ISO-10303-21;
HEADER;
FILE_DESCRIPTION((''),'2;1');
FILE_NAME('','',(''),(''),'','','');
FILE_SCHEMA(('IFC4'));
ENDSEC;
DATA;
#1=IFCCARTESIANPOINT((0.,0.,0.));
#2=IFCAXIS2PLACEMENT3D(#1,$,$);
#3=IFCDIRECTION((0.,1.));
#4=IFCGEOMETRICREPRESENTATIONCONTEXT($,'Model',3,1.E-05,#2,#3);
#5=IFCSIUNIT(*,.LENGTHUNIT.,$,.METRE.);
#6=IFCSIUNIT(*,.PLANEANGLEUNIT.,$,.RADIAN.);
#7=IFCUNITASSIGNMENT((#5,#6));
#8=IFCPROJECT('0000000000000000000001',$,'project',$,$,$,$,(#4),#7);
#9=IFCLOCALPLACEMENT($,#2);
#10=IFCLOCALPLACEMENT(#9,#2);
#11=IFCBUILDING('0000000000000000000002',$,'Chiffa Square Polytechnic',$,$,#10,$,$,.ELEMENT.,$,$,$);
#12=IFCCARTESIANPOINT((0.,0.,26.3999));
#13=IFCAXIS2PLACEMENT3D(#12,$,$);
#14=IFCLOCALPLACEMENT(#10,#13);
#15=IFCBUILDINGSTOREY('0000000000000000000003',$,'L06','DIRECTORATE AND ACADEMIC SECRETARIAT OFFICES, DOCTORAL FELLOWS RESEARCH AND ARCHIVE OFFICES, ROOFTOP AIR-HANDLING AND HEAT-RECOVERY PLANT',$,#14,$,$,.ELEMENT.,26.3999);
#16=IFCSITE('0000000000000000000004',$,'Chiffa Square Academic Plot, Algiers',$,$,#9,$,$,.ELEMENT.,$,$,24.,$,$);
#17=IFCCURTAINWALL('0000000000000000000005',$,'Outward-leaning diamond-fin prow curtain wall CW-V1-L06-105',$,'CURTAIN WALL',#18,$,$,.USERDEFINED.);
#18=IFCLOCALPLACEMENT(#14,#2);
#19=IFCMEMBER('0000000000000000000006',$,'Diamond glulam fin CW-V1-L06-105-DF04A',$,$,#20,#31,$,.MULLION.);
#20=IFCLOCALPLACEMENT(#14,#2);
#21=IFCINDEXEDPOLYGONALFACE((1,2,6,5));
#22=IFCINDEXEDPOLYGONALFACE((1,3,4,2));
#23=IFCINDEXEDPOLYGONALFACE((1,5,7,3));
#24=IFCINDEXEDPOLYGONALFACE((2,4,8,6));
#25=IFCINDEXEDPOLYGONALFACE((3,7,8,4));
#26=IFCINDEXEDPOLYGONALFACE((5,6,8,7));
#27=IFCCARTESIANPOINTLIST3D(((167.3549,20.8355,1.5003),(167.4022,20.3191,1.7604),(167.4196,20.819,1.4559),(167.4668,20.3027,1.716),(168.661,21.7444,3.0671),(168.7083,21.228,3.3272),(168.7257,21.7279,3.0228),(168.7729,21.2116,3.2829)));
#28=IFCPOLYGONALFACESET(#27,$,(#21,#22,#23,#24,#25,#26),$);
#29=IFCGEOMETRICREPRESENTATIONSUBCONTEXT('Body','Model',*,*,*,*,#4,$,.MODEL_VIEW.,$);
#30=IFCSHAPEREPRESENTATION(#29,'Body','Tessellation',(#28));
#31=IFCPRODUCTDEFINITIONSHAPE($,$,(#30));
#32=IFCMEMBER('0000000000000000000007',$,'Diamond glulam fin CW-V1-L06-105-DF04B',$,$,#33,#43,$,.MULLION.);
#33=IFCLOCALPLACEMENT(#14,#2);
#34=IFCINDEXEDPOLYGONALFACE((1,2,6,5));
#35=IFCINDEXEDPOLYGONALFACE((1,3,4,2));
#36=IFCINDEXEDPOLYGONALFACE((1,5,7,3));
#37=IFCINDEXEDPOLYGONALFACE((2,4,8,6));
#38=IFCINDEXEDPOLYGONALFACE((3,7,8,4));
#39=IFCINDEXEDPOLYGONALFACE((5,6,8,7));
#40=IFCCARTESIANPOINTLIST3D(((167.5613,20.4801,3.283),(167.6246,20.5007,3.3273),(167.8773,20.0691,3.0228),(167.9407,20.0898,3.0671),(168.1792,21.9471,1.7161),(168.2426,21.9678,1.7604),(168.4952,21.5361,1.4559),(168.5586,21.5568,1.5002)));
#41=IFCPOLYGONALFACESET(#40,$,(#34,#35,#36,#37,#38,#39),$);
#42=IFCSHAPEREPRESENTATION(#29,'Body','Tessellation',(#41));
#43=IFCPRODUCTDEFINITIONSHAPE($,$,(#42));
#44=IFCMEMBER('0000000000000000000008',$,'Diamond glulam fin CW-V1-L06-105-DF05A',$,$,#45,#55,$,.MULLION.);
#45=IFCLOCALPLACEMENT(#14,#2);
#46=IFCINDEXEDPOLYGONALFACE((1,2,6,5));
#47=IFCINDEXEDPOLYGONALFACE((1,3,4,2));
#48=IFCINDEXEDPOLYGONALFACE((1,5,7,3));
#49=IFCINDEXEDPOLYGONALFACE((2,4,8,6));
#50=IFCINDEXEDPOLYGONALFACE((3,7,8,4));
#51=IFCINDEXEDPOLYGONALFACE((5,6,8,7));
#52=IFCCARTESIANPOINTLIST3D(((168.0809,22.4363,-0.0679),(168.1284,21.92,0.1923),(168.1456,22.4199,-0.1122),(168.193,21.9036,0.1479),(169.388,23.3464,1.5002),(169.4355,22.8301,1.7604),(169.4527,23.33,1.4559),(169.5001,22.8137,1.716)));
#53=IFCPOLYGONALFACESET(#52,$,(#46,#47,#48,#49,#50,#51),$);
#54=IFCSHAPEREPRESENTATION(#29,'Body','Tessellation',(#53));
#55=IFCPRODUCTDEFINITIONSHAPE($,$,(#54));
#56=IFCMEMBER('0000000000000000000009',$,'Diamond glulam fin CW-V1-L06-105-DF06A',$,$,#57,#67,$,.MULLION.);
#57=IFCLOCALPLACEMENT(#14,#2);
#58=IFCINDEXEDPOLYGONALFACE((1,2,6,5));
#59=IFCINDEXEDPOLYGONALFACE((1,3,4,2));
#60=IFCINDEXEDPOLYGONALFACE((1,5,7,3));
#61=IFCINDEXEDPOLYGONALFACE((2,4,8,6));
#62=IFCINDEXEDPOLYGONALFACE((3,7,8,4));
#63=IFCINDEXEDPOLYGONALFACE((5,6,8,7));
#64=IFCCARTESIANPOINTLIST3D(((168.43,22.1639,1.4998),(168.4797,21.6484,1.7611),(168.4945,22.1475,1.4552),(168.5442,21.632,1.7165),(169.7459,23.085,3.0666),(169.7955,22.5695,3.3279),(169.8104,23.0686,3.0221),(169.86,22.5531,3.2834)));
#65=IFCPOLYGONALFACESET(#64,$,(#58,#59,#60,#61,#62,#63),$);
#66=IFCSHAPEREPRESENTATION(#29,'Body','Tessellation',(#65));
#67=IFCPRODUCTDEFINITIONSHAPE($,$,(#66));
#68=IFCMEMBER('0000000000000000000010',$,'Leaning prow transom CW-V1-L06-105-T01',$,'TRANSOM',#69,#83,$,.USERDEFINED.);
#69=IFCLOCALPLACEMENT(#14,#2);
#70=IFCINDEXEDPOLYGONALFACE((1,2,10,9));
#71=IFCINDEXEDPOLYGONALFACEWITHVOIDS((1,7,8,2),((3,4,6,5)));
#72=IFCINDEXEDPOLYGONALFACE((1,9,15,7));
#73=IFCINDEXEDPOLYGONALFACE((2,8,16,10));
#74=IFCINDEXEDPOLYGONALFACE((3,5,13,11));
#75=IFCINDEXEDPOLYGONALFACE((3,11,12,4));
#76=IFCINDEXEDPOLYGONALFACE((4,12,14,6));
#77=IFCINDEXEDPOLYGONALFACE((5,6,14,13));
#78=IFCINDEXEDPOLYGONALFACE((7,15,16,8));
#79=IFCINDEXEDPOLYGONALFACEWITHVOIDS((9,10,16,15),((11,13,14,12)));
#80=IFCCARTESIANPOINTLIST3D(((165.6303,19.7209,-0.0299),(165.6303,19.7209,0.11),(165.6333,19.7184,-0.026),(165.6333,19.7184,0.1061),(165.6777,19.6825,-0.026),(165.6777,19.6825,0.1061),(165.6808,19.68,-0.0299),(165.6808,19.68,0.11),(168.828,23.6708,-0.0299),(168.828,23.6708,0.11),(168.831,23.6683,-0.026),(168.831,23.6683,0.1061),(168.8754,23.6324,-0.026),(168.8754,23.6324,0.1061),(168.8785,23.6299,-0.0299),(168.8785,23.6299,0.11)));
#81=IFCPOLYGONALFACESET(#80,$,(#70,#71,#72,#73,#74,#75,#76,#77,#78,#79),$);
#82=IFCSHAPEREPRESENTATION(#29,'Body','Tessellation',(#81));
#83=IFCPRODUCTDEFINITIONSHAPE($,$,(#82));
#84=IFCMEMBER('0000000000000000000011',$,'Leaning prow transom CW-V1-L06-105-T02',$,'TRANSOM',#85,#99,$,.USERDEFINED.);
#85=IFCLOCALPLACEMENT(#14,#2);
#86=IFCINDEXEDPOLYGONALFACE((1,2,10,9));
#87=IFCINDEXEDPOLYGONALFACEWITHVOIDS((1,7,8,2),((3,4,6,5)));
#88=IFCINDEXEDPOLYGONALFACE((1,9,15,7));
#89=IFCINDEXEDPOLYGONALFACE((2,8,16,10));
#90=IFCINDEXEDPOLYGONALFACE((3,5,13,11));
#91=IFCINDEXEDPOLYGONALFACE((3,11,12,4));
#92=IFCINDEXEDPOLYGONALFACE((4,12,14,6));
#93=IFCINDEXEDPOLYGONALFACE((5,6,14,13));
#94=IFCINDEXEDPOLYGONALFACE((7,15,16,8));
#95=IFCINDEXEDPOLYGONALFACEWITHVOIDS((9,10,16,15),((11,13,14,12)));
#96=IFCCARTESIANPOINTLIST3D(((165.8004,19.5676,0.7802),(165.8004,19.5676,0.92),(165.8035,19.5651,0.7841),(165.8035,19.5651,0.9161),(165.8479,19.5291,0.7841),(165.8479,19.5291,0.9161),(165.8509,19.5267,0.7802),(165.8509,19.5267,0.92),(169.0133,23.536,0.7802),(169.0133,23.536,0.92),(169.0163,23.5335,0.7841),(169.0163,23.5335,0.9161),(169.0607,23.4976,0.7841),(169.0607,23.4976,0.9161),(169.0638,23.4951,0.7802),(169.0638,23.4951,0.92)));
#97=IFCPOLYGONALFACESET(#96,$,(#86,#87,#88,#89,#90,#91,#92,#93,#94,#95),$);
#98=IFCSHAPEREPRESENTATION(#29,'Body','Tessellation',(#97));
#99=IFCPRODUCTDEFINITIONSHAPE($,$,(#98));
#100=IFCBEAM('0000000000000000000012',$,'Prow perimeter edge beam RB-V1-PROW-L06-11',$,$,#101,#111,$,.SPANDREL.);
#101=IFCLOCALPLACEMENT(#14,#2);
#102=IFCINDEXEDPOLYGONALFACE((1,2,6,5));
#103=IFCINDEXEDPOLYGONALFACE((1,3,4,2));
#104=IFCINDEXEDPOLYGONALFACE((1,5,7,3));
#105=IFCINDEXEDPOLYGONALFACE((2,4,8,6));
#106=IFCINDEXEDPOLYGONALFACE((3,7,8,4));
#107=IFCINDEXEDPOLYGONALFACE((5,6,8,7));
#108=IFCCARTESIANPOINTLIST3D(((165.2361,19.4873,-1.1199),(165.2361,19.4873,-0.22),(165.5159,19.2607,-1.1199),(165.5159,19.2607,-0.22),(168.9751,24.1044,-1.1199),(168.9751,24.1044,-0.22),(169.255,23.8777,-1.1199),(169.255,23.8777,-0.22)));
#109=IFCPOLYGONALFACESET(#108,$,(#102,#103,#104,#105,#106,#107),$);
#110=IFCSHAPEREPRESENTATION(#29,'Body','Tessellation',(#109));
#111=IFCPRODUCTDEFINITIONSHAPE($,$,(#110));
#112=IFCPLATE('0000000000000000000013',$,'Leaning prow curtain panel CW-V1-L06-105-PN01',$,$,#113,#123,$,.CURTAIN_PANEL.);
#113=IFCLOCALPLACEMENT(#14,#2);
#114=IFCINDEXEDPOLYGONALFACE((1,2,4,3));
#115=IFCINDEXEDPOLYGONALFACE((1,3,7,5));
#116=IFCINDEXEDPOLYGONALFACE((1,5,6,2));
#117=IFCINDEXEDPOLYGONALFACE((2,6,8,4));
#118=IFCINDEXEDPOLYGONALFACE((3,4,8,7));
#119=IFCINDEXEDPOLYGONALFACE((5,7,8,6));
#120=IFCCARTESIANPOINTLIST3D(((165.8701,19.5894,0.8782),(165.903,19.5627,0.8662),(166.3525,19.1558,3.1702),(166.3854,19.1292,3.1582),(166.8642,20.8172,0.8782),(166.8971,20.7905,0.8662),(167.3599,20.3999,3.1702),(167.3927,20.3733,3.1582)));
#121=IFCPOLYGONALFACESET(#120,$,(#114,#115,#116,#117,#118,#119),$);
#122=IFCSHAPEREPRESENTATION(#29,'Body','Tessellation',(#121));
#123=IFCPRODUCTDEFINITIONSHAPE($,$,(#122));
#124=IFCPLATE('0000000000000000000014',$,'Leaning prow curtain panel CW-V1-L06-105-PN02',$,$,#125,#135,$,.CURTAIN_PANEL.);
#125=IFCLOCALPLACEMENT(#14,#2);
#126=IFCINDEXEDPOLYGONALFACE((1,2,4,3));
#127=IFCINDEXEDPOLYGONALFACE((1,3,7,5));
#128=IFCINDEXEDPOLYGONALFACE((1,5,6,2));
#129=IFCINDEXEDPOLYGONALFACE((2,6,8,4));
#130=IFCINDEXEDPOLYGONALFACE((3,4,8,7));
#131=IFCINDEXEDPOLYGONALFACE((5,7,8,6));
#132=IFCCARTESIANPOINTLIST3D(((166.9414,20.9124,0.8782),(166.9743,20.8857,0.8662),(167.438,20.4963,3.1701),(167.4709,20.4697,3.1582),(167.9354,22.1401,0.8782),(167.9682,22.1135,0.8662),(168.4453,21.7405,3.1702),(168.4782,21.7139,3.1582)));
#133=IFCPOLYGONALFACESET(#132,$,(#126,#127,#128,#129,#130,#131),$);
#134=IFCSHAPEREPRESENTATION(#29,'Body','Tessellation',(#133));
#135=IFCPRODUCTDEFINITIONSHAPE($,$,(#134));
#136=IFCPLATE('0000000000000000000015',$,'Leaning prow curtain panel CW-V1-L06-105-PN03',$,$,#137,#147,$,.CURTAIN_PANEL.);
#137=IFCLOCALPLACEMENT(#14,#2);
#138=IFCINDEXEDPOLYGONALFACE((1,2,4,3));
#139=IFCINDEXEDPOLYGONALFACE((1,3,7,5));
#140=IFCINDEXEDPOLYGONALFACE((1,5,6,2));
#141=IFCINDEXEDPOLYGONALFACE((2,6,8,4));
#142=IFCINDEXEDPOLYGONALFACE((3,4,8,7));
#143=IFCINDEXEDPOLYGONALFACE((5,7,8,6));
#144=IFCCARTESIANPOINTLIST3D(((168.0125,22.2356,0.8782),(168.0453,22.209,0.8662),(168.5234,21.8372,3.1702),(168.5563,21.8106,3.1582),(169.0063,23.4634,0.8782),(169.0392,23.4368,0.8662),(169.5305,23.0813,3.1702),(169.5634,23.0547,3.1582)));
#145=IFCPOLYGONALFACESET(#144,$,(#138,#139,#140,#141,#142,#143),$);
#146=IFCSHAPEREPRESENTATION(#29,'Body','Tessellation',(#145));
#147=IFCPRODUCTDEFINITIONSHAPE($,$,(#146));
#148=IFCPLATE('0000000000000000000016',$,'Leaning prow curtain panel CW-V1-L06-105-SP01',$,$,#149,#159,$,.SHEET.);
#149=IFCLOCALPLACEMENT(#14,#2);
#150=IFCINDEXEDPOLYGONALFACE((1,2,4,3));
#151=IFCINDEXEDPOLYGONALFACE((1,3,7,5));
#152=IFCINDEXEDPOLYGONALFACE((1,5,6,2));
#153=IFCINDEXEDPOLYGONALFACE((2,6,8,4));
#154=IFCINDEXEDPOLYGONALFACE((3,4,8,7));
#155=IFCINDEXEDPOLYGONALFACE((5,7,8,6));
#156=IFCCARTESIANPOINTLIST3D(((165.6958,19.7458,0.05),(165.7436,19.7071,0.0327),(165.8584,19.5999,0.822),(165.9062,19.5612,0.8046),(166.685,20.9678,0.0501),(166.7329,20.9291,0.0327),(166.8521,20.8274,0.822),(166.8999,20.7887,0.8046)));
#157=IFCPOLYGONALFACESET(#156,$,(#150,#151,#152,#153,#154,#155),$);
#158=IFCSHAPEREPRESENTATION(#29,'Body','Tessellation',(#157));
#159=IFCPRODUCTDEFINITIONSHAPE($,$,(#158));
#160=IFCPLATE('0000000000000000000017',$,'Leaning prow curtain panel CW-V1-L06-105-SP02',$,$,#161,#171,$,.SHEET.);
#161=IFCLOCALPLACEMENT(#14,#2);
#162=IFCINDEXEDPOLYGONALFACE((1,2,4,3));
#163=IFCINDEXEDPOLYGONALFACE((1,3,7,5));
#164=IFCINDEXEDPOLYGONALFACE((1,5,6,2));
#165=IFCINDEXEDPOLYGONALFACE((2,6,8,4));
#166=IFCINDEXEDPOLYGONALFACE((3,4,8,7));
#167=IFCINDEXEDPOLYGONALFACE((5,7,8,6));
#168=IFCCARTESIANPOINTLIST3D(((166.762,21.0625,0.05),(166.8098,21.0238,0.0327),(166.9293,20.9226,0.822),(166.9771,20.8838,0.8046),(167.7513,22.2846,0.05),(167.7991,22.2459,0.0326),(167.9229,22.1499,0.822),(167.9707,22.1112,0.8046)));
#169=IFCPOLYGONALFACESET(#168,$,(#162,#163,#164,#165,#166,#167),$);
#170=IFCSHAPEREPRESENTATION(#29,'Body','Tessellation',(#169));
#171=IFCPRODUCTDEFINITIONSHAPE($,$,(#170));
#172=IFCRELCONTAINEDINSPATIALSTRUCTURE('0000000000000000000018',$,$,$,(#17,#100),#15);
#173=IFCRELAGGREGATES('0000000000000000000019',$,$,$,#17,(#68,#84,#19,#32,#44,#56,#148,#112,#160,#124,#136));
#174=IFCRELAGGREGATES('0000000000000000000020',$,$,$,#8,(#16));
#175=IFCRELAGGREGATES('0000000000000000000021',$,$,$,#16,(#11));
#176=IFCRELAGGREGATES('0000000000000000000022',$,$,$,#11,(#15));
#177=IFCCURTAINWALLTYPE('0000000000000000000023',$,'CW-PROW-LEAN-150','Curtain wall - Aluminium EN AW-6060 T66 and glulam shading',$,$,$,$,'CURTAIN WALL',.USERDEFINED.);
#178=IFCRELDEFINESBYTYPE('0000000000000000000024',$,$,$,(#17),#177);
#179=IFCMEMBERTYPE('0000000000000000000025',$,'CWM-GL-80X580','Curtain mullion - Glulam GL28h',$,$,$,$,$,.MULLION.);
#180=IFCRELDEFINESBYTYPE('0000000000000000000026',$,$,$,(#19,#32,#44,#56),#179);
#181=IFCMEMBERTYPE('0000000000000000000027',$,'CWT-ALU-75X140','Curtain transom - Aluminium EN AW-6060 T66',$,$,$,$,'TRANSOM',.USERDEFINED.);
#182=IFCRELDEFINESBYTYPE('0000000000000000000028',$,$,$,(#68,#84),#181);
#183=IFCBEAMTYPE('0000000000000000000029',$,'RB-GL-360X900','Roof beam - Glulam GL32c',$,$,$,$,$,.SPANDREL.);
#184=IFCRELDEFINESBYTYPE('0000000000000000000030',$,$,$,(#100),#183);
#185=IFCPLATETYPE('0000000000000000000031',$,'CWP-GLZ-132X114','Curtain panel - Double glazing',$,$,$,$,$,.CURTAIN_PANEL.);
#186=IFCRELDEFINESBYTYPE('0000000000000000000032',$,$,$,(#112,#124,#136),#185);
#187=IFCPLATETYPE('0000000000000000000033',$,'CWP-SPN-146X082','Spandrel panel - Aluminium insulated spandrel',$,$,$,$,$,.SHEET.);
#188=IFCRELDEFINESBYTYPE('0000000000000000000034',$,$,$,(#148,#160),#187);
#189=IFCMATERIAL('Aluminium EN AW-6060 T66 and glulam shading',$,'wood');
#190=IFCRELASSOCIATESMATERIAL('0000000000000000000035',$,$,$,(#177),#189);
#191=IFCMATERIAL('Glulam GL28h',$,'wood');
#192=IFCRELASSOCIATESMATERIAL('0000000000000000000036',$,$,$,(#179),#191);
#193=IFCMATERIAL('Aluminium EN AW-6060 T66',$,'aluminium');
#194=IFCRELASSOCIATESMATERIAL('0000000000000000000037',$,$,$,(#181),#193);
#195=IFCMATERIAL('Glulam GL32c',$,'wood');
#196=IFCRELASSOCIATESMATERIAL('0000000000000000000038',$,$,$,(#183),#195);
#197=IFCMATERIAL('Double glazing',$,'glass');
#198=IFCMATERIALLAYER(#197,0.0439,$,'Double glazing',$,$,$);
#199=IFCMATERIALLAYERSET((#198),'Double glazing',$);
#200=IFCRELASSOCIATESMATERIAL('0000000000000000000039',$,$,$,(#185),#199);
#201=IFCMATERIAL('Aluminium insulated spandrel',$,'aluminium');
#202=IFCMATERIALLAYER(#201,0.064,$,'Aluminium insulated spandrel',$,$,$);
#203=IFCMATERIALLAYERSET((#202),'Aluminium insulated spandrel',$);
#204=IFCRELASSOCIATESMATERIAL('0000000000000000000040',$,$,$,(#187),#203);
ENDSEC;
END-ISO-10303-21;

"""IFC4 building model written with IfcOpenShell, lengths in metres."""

from ifc_helpers import new_model, si_unit, direction, frame, origin, origin_2d, place, context, subcontext, project, spatial, polyline, rectangle, hollow_rectangle, outline, extrude, material, layer, layer_set, material_profile, profile_set, type_object, element, aggregate, save


model = new_model("IFC4")

# Units and contexts
model_context = context("Model", 3, precision=1e-05, world=origin(), true_north=direction((0.0, 1.0)))
body_context = subcontext(model_context, "Body", "Model", "MODEL_VIEW")
ifc_project = project(units=[si_unit("LENGTHUNIT", "METRE"), si_unit("PLANEANGLEUNIT", "RADIAN")], contexts=[model_context])

# Site, building, storey
site_placement = place(None, origin())
site = spatial("IfcSite", under=ifc_project, at=site_placement, Name="Chiffa Square Academic Plot, Algiers", CompositionType="ELEMENT", RefElevation=24.0)
building_placement = place(site_placement, origin())
building = spatial("IfcBuilding", under=site, at=building_placement, Name="Chiffa Square Polytechnic", CompositionType="ELEMENT")
storey_placement = place(building_placement, frame((0.0, 0.0, 26.3999)))
storey = spatial("IfcBuildingStorey", under=building, at=storey_placement, Name="L06", Description="DIRECTORATE AND ACADEMIC SECRETARIAT OFFICES, DOCTORAL FELLOWS RESEARCH AND ARCHIVE OFFICES, ROOFTOP AIR-HANDLING AND HEAT-RECOVERY PLANT", CompositionType="ELEMENT", Elevation=26.3999)

# Shared definitions
ifc_material_1 = material(Name="Glulam GL32c", Category="wood")

# Curtain wall, members
ifc_material_2 = material(Name="Aluminium EN AW-6060 T66 and glulam shading", Category="wood")
curtain_wall_type = type_object("IfcCurtainWallType", Name="CW-PROW-LEAN-150", Description="Curtain wall - Aluminium EN AW-6060 T66 and glulam shading", ElementType="CURTAIN WALL", PredefinedType="USERDEFINED", material=ifc_material_2)
curtain_wall_placement = place(storey_placement, origin())
curtain_wall = element("IfcCurtainWall", 1, at=curtain_wall_placement, inside=storey, type_object=curtain_wall_type, Name="Outward-leaning diamond-fin prow curtain wall CW-V1-L06-105", ObjectType="CURTAIN WALL", PredefinedType="USERDEFINED")
ifc_material_3 = material(Name="Aluminium EN AW-6060 T66", Category="aluminium")
ifc_material_4 = material(Name="Glulam GL28h", Category="wood")
ifc_material_profile_1 = material_profile(ifc_material_4, rectangle(XDim=0.0801, YDim=0.5801, at=origin_2d()), Name="GL28h 80x580")
ifc_profile_set_1 = profile_set([ifc_material_profile_1], Name="Glulam GL28h")
member_type_1 = type_object("IfcMemberType", Name="CWM-GL-80X580", Description="Curtain mullion - Glulam GL28h", PredefinedType="MULLION", material=ifc_profile_set_1)
member_1_placement = place(storey_placement, frame((167.4109, 20.5691, 1.6082), z_axis=(0.584869, 0.407003, 0.701624), x_axis=(-0.807026, 0.205103, 0.553753)))
member_1 = element("IfcMember", 2, at=member_1_placement, type_object=member_type_1, Name="Diamond glulam fin CW-V1-L06-105-DF04A", PredefinedType="MULLION", context=body_context, shape_type="SweptSolid", body=[
    extrude(rectangle(XDim=0.0801, YDim=0.5801, at=origin_2d()), origin(), (0.0, 0.0, 1.0), 2.2332),
])
member_2_placement = place(storey_placement, frame((168.3689, 21.752, 1.6082), z_axis=(-0.276641, -0.656791, 0.701495), x_axis=(0.791591, 0.25813, 0.553852)))
member_2 = element("IfcMember", 3, at=member_2_placement, type_object=member_type_1, Name="Diamond glulam fin CW-V1-L06-105-DF04B", PredefinedType="MULLION", context=body_context, shape_type="SweptSolid", body=[
    extrude(rectangle(XDim=0.0801, YDim=0.5801, at=origin_2d()), origin(), (0.0, 0.0, 1.0), 2.2336),
])
member_3_placement = place(storey_placement, frame((168.137, 22.1699, 0.04), z_axis=(0.584802, 0.407199, 0.701566), x_axis=(-0.807046, 0.204904, 0.553798)))
member_3 = element("IfcMember", 4, at=member_3_placement, type_object=member_type_1, Name="Diamond glulam fin CW-V1-L06-105-DF05A", PredefinedType="MULLION", context=body_context, shape_type="SweptSolid", body=[
    extrude(rectangle(XDim=0.0801, YDim=0.5801, at=origin_2d()), origin(), (0.0, 0.0, 1.0), 2.2351),
])
member_4_placement = place(storey_placement, frame((168.4871, 21.8979, 1.6082), z_axis=(0.58643, 0.410501, 0.698276), x_axis=(-0.805458, 0.204363, 0.556303)))
member_4 = element("IfcMember", 5, at=member_4_placement, type_object=member_type_1, Name="Diamond glulam fin CW-V1-L06-105-DF06A", PredefinedType="MULLION", context=body_context, shape_type="SweptSolid", body=[
    extrude(rectangle(XDim=0.0801, YDim=0.5801, at=origin_2d()), origin(), (0.0, 0.0, 1.0), 2.2439),
])
ifc_material_profile_2 = material_profile(ifc_material_3, hollow_rectangle(XDim=0.0649, YDim=0.1399, WallThickness=0.0039, at=origin_2d()), Name="ALU 65x140x4")
ifc_profile_set_2 = profile_set([ifc_material_profile_2], Name="Aluminium EN AW-6060 T66")
member_type_2 = type_object("IfcMemberType", Name="CWT-ALU-75X140", Description="Curtain transom - Aluminium EN AW-6060 T66", ElementType="TRANSOM", PredefinedType="USERDEFINED", material=ifc_profile_set_2)
member_5_placement = place(storey_placement, frame((165.6555, 19.7004, 0.04), z_axis=(0.629219, 0.777228, 0.0), x_axis=(-0.777228, 0.629219, 0.0)))
member_5 = element("IfcMember", 6, at=member_5_placement, type_object=member_type_2, Name="Leaning prow transom CW-V1-L06-105-T01", ObjectType="TRANSOM", PredefinedType="USERDEFINED", context=body_context, shape_type="SweptSolid", body=[
    extrude(hollow_rectangle(XDim=0.0649, YDim=0.1399, WallThickness=0.0039, at=origin_2d()), origin(), (0.0, 0.0, 1.0), 5.082),
])
member_6_placement = place(storey_placement, frame((165.8257, 19.5471, 0.8501), z_axis=(0.629233, 0.777217, 0.0), x_axis=(-0.777217, 0.629233, 0.0)))
member_6 = element("IfcMember", 7, at=member_6_placement, type_object=member_type_2, Name="Leaning prow transom CW-V1-L06-105-T02", ObjectType="TRANSOM", PredefinedType="USERDEFINED", context=body_context, shape_type="SweptSolid", body=[
    extrude(hollow_rectangle(XDim=0.0649, YDim=0.1399, WallThickness=0.0039, at=origin_2d()), origin(), (0.0, 0.0, 1.0), 5.106),
])

# Beam
ifc_material_profile_3 = material_profile(ifc_material_1, rectangle(XDim=0.3601, YDim=0.8999, at=origin_2d()), Name="GL32c 360x900")
ifc_profile_set_3 = profile_set([ifc_material_profile_3], Name="Glulam GL32c")
beam_type_1 = type_object("IfcBeamType", Name="RB-GL-360X900", Description="Roof beam - Glulam GL32c", PredefinedType="SPANDREL", material=ifc_profile_set_3)
beam_1_placement = place(storey_placement, frame((165.376, 19.374, -0.6699), z_axis=(0.62935, 0.777122, 0.0), x_axis=(-0.777122, 0.62935, 0.0)))
element("IfcBeam", 8, at=beam_1_placement, inside=storey, type_object=beam_type_1, Name="Prow perimeter edge beam RB-V1-PROW-L06-11", PredefinedType="SPANDREL", context=body_context, shape_type="SweptSolid", body=[
    extrude(rectangle(XDim=0.3601, YDim=0.8999, at=origin_2d()), origin(), (0.0, 0.0, 1.0), 5.9412),
])

# Plates
ifc_material_5 = material(Name="Double glazing", Category="glass")
ifc_layer_1 = layer(ifc_material_5, 0.0439, Name="Double glazing")
ifc_layer_set_1 = layer_set([ifc_layer_1], Name="Double glazing")
plate_type_1 = type_object("IfcPlateType", Name="CWP-GLZ-132X114", Description="Curtain panel - Double glazing", PredefinedType="CURTAIN_PANEL", material=ifc_layer_set_1)
plate_1_placement = place(storey_placement, frame((165.8701, 19.5894, 0.8782), z_axis=(-0.747892, 0.605552, 0.271964), x_axis=(0.629272, 0.777185, 0.000004)))
plate_1 = element("IfcPlate", 9, at=plate_1_placement, type_object=plate_type_1, Name="Leaning prow curtain panel CW-V1-L06-105-PN01", PredefinedType="CURTAIN_PANEL", context=body_context, shape_type="SweptSolid", body=[
    extrude(outline(polyline([(0.0, 0.0), (1.5798, 0.0), (1.5674, -2.3818), (-0.0334, -2.3818), (0.0, 0.0)])), origin(), (0.0, 0.0, -1.0), 0.0439),
])
plate_2_placement = place(storey_placement, frame((166.9414, 20.9124, 0.8782), z_axis=(-0.747924, 0.605505, 0.271979), x_axis=(0.629222, 0.777226, -0.000012)))
plate_2 = element("IfcPlate", 10, at=plate_2_placement, type_object=plate_type_1, Name="Leaning prow curtain panel CW-V1-L06-105-PN02", PredefinedType="CURTAIN_PANEL", context=body_context, shape_type="SweptSolid", body=[
    extrude(outline(polyline([(0.0, 0.0), (1.5796, 0.0), (1.5899, -2.3818), (-0.0109, -2.3818), (0.0, 0.0)])), origin(), (0.0, 0.0, -1.0), 0.0439),
])
plate_3_placement = place(storey_placement, frame((168.0125, 22.2356, 0.8782), z_axis=(-0.747957, 0.605457, 0.271995), x_axis=(0.629179, 0.77726, 0.000004)))
plate_3 = element("IfcPlate", 11, at=plate_3_placement, type_object=plate_type_1, Name="Leaning prow curtain panel CW-V1-L06-105-PN03", PredefinedType="CURTAIN_PANEL", context=body_context, shape_type="SweptSolid", body=[
    extrude(outline(polyline([(0.0, 0.0), (1.5796, 0.0), (1.6125, -2.3818), (0.0118, -2.3818), (0.0, 0.0)])), origin(), (0.0, 0.0, -1.0), 0.0439),
])
ifc_material_6 = material(Name="Aluminium insulated spandrel", Category="aluminium")
ifc_layer_2 = layer(ifc_material_6, 0.064, Name="Aluminium insulated spandrel")
ifc_layer_set_2 = layer_set([ifc_layer_2], Name="Aluminium insulated spandrel")
plate_type_2 = type_object("IfcPlateType", Name="CWP-SPN-146X082", Description="Spandrel panel - Aluminium insulated spandrel", PredefinedType="SHEET", material=ifc_layer_set_2)
plate_4_placement = place(storey_placement, frame((165.6958, 19.7458, 0.05), z_axis=(-0.747945, 0.605483, 0.271973), x_axis=(0.629203, 0.777241, 0.00001)))
plate_4 = element("IfcPlate", 12, at=plate_4_placement, type_object=plate_type_2, Name="Leaning prow curtain panel CW-V1-L06-105-SP01", PredefinedType="SHEET", context=body_context, shape_type="SweptSolid", body=[
    extrude(outline(polyline([(0.0, 0.0), (1.5722, 0.0), (1.5681, -0.8022), (-0.0112, -0.8022), (0.0, 0.0)])), origin(), (0.0, 0.0, -1.0), 0.064),
])
plate_5_placement = place(storey_placement, frame((166.762, 21.0625, 0.05), z_axis=(-0.747965, 0.605499, 0.271879), x_axis=(0.629197, 0.777246, -0.000016)))
plate_5 = element("IfcPlate", 13, at=plate_5_placement, type_object=plate_type_2, Name="Leaning prow curtain panel CW-V1-L06-105-SP02", PredefinedType="SHEET", context=body_context, shape_type="SweptSolid", body=[
    extrude(outline(polyline([(0.0, 0.0), (1.5724, 0.0), (1.5756, -0.8022), (-0.0035, -0.8022), (0.0, 0.0)])), origin(), (0.0, 0.0, -1.0), 0.064),
])
aggregate(curtain_wall, [member_5, member_6, member_1, member_2, member_3, member_4, plate_4, plate_1, plate_5, plate_2, plate_3])

save(model, "model.ifc")
